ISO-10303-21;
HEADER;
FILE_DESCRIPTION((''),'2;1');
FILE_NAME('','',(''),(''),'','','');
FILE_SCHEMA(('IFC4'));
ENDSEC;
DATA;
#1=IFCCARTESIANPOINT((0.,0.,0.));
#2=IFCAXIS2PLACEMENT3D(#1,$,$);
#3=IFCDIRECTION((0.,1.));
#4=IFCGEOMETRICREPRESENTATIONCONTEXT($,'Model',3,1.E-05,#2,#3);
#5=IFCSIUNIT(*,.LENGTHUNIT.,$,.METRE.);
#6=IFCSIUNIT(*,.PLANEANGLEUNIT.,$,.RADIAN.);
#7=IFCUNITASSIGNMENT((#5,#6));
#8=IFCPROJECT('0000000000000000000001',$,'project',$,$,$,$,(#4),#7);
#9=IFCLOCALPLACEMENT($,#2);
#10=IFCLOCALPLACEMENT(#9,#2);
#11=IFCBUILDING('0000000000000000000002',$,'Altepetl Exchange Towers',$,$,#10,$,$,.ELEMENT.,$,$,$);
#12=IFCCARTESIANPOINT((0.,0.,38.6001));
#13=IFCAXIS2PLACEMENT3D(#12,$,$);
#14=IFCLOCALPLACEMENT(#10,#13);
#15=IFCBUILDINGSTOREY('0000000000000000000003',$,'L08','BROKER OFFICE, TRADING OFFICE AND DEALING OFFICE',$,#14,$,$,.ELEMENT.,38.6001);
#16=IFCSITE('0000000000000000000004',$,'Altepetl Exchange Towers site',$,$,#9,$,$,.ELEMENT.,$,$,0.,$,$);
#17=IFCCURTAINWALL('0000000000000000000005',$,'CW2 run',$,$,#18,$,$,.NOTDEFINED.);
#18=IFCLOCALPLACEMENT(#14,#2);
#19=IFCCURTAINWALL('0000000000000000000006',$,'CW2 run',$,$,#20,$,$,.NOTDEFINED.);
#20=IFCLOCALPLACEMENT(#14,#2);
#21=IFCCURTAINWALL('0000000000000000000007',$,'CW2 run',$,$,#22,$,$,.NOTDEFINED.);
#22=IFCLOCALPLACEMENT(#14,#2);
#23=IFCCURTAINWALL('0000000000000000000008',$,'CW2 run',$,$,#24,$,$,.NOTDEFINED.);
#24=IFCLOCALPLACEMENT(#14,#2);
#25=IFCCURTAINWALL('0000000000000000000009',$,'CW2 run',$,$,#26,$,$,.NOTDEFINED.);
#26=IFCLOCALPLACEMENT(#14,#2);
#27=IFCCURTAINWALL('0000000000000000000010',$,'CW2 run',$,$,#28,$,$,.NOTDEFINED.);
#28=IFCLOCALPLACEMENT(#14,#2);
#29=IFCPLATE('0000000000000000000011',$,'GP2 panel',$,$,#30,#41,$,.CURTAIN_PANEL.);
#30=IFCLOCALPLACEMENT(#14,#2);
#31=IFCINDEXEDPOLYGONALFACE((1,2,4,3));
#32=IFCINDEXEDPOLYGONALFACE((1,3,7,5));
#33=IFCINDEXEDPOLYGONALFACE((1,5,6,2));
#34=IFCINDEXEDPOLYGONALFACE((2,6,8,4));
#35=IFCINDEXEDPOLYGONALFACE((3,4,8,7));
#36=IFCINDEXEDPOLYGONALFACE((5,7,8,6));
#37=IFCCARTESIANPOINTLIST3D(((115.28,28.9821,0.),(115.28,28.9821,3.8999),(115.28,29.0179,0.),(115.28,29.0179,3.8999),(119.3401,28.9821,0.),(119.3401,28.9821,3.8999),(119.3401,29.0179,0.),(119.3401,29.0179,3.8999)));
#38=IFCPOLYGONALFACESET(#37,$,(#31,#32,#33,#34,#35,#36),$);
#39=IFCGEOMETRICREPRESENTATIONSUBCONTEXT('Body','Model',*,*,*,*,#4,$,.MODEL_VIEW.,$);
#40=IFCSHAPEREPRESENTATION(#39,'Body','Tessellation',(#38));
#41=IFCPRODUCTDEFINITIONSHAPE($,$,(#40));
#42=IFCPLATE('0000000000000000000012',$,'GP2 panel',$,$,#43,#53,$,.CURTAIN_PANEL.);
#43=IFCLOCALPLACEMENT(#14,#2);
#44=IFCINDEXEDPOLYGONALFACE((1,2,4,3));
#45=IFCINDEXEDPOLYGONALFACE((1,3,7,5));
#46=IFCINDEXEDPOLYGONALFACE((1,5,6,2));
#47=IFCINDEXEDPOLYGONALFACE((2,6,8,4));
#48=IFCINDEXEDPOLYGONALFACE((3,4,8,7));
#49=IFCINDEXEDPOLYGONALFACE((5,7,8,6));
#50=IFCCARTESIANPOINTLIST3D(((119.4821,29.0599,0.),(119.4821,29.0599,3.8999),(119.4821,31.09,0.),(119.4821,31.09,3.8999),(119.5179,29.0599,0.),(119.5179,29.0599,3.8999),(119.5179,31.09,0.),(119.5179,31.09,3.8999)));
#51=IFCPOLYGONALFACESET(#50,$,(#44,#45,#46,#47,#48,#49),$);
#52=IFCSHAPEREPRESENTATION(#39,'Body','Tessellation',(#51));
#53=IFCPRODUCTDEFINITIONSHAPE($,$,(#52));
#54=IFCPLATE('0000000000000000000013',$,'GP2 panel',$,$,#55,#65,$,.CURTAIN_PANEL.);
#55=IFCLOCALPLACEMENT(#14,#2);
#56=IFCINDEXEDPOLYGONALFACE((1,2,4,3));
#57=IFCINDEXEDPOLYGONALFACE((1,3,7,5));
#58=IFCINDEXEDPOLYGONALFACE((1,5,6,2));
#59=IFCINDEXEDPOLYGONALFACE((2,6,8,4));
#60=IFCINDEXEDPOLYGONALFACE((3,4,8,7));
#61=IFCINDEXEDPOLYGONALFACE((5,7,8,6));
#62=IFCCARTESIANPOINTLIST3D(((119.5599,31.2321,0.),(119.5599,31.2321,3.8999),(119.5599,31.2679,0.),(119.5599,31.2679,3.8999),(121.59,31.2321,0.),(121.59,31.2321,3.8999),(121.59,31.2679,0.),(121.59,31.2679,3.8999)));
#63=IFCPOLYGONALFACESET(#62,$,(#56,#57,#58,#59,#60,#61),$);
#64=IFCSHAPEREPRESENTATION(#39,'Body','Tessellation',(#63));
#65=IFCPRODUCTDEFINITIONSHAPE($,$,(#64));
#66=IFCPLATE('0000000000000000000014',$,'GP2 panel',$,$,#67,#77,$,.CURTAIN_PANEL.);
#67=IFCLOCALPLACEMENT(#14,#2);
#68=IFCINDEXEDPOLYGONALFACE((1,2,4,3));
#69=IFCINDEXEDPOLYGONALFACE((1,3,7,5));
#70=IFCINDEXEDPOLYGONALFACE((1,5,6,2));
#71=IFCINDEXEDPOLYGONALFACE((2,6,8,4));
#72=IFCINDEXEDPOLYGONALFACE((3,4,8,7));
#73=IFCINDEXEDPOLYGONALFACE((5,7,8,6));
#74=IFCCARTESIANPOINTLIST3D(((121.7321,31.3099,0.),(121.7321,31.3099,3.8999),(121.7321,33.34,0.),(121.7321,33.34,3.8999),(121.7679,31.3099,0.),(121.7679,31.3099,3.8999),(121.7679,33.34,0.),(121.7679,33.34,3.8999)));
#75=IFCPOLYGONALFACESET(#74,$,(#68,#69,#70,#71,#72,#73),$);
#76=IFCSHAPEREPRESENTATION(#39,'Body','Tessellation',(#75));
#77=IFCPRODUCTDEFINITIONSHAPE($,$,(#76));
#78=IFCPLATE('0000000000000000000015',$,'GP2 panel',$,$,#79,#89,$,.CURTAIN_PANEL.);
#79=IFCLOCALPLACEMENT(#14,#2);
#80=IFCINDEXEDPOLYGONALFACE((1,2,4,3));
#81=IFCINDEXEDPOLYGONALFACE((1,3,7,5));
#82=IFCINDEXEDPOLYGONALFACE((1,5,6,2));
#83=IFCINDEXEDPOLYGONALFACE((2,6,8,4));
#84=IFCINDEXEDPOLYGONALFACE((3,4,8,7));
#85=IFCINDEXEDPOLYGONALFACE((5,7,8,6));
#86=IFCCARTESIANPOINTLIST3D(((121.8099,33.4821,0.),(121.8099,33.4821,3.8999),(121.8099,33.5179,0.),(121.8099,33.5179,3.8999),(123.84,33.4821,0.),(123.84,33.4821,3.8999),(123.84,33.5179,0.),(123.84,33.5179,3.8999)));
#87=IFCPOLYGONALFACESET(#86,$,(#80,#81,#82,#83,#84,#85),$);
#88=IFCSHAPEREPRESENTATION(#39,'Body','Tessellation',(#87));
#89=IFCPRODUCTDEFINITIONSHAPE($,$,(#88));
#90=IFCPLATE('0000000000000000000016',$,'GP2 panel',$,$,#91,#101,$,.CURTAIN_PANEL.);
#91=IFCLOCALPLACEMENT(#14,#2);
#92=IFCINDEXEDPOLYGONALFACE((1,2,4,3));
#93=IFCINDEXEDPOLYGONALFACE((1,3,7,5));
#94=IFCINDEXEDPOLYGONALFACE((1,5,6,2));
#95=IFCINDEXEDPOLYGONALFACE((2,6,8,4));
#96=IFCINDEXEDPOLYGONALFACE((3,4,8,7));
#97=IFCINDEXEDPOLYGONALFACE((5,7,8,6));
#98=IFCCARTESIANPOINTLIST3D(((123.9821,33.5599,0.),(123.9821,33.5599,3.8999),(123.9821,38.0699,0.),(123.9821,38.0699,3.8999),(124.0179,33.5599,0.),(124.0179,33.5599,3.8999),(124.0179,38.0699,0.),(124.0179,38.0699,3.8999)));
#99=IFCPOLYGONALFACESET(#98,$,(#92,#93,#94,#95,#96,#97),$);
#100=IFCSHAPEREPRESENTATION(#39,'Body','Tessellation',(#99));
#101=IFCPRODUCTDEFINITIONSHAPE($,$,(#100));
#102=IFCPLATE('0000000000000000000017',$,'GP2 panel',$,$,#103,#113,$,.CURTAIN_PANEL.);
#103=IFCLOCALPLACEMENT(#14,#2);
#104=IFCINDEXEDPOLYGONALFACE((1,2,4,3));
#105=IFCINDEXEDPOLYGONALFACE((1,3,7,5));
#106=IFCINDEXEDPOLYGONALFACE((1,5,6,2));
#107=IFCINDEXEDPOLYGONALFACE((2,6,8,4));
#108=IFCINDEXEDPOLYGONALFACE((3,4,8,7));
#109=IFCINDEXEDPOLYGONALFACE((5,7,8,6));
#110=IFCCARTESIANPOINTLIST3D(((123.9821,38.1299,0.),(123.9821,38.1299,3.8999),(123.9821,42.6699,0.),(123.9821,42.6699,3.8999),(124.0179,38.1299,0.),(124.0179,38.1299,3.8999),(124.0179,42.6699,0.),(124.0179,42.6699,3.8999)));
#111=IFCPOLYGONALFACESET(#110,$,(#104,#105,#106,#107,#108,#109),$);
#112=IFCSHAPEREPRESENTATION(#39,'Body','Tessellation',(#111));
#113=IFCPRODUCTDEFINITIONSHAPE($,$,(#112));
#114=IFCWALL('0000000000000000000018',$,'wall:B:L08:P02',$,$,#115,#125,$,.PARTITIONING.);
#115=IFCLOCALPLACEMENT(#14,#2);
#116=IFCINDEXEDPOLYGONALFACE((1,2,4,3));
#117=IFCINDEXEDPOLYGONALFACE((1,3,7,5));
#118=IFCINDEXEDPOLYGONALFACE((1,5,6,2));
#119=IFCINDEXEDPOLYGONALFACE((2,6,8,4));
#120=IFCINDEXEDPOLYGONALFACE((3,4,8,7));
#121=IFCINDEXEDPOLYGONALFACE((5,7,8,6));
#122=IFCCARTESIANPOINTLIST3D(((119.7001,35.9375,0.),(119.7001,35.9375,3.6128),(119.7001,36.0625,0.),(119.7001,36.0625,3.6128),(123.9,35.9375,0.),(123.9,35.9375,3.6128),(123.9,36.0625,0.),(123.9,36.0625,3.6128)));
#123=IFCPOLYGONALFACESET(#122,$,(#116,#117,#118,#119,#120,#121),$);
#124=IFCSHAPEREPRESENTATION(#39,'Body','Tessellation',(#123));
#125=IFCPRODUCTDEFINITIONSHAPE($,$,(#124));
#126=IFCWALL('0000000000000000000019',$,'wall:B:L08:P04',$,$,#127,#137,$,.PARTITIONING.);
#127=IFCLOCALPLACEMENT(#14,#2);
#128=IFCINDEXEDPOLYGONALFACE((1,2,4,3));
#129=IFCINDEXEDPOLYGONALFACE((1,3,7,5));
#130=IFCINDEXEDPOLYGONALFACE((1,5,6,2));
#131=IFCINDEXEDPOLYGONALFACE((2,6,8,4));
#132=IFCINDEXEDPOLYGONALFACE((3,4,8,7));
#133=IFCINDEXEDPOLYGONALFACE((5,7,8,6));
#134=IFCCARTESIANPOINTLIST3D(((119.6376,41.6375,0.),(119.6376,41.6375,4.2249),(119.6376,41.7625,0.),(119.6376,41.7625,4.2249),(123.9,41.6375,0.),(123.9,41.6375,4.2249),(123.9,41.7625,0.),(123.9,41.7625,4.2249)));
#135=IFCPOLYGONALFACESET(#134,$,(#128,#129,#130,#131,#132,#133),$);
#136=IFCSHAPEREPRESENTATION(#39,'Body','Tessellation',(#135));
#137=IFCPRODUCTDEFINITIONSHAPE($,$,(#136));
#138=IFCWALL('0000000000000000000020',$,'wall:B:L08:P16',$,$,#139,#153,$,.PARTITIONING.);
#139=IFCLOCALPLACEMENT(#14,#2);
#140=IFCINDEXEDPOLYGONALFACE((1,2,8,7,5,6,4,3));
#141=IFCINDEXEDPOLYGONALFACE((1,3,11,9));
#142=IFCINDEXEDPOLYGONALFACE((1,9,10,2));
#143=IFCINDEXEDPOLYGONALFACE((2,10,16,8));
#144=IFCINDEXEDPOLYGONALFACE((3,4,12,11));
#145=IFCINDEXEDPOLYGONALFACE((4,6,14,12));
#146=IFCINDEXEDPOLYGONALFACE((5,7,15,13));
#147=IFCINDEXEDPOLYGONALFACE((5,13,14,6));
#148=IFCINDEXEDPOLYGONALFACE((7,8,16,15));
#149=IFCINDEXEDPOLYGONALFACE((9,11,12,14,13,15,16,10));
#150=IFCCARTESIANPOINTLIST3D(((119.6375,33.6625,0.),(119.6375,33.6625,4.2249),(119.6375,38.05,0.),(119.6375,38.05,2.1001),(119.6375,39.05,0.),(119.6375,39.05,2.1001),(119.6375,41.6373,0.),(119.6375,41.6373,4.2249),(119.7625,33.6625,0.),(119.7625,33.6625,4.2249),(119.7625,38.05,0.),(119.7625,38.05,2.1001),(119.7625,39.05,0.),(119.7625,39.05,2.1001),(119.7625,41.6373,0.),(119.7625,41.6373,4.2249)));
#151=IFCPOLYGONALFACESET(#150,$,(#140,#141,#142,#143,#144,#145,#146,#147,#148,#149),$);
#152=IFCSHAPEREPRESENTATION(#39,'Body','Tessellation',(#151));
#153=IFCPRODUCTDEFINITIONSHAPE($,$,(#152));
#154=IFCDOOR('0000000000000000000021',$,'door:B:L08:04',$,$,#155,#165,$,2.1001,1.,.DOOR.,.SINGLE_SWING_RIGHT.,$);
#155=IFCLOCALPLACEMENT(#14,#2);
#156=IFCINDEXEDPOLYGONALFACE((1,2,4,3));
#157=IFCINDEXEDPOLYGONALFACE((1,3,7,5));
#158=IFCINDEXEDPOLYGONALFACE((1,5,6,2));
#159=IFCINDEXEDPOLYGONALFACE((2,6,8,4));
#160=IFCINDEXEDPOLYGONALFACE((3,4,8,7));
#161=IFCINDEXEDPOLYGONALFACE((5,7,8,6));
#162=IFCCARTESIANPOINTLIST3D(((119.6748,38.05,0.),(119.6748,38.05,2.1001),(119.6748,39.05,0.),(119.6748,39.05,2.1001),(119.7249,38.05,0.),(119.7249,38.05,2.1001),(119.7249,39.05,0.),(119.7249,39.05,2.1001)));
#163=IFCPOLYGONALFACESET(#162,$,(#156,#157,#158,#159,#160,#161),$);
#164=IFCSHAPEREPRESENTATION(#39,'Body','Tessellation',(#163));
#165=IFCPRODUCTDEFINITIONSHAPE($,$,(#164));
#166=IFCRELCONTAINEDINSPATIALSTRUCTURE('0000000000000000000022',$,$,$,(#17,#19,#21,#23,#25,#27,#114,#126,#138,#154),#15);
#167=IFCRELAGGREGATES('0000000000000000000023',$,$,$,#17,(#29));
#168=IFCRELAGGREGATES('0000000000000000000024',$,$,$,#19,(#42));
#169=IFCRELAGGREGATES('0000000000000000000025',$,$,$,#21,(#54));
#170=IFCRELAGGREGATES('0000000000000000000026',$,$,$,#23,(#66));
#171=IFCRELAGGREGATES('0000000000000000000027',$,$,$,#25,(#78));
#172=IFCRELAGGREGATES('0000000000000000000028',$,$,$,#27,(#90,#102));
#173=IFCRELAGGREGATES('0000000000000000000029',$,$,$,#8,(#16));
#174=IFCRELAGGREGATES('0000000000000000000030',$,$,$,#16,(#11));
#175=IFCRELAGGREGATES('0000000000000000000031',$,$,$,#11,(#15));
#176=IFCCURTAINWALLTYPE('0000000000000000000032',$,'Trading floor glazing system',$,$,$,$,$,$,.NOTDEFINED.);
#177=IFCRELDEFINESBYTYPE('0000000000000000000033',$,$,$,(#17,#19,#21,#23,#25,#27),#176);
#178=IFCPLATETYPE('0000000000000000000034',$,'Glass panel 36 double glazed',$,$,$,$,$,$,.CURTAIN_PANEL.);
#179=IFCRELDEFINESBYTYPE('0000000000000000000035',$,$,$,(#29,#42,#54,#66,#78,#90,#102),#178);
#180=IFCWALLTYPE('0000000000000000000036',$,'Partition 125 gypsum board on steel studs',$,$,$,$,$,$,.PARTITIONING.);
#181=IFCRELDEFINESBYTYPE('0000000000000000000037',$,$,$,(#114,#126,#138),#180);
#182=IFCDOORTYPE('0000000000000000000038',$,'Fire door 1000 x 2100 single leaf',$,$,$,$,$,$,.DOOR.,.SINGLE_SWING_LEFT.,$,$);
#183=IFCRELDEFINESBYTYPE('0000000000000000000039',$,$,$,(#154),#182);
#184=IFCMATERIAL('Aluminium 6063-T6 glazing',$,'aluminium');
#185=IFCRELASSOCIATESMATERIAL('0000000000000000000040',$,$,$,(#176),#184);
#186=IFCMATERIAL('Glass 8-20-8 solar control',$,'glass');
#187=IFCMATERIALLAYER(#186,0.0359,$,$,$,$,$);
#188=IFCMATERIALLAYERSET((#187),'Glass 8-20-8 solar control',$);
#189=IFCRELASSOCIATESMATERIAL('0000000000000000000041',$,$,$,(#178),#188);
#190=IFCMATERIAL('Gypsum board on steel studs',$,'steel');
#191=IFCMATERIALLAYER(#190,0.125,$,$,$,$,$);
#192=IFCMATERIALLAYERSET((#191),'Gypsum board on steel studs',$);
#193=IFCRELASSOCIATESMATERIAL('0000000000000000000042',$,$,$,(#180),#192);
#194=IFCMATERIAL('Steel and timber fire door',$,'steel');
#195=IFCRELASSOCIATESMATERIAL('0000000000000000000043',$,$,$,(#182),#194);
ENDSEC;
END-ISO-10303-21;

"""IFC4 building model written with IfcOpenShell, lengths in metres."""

from ifc_helpers import new_model, si_unit, direction, frame, frame_2d, origin, origin_2d, place, context, subcontext, project, spatial, rectangle, extrude, material, layer, layer_set, type_object, element, fill, aggregate, save


model = new_model("IFC4")

# Units and contexts
model_context = context("Model", 3, precision=1e-05, world=origin(), true_north=direction((0.0, 1.0)))
body_context = subcontext(model_context, "Body", "Model", "MODEL_VIEW")
ifc_project = project(units=[si_unit("LENGTHUNIT", "METRE"), si_unit("PLANEANGLEUNIT", "RADIAN")], contexts=[model_context])

# Site, building, storey
site_placement = place(None, origin())
site = spatial("IfcSite", under=ifc_project, at=site_placement, Name="Altepetl Exchange Towers site", CompositionType="ELEMENT", RefElevation=0.0)
building_placement = place(site_placement, origin())
building = spatial("IfcBuilding", under=site, at=building_placement, Name="Altepetl Exchange Towers", CompositionType="ELEMENT")
storey_placement = place(building_placement, frame((0.0, 0.0, 38.6001)))
storey = spatial("IfcBuildingStorey", under=building, at=storey_placement, Name="L08", Description="BROKER OFFICE, TRADING OFFICE AND DEALING OFFICE", CompositionType="ELEMENT", Elevation=38.6001)

# Curtain wall
ifc_material_1 = material(Name="Aluminium 6063-T6 glazing", Category="aluminium")
curtain_wall_type = type_object("IfcCurtainWallType", Name="Trading floor glazing system", PredefinedType="NOTDEFINED", material=ifc_material_1)
curtain_wall_1_placement = place(storey_placement, origin())
curtain_wall_1 = element("IfcCurtainWall", 1, at=curtain_wall_1_placement, inside=storey, type_object=curtain_wall_type, Name="CW2 run", PredefinedType="NOTDEFINED")

# Curtain walls
curtain_wall_2_placement = place(storey_placement, origin())
curtain_wall_2 = element("IfcCurtainWall", 2, at=curtain_wall_2_placement, inside=storey, type_object=curtain_wall_type, Name="CW2 run", PredefinedType="NOTDEFINED")
curtain_wall_3_placement = place(storey_placement, origin())
curtain_wall_3 = element("IfcCurtainWall", 3, at=curtain_wall_3_placement, inside=storey, type_object=curtain_wall_type, Name="CW2 run", PredefinedType="NOTDEFINED")
curtain_wall_4_placement = place(storey_placement, origin())
curtain_wall_4 = element("IfcCurtainWall", 4, at=curtain_wall_4_placement, inside=storey, type_object=curtain_wall_type, Name="CW2 run", PredefinedType="NOTDEFINED")
curtain_wall_5_placement = place(storey_placement, origin())
curtain_wall_5 = element("IfcCurtainWall", 5, at=curtain_wall_5_placement, inside=storey, type_object=curtain_wall_type, Name="CW2 run", PredefinedType="NOTDEFINED")
curtain_wall_6_placement = place(storey_placement, origin())
curtain_wall_6 = element("IfcCurtainWall", 6, at=curtain_wall_6_placement, inside=storey, type_object=curtain_wall_type, Name="CW2 run", PredefinedType="NOTDEFINED")

# Plates
ifc_material_2 = material(Name="Glass 8-20-8 solar control", Category="glass")
ifc_layer_1 = layer(ifc_material_2, 0.0359)
ifc_layer_set_1 = layer_set([ifc_layer_1], Name="Glass 8-20-8 solar control")
plate_type = type_object("IfcPlateType", Name="Glass panel 36 double glazed", PredefinedType="CURTAIN_PANEL", material=ifc_layer_set_1)
plate_1_placement = place(storey_placement, frame((117.3101, 29.0, 0.0)))
plate_1 = element("IfcPlate", 7, at=plate_1_placement, type_object=plate_type, Name="GP2 panel", PredefinedType="CURTAIN_PANEL", context=body_context, shape_type="SweptSolid", body=[
    extrude(rectangle(XDim=4.0601, YDim=0.0359, at=origin_2d()), origin(), (0.0, 0.0, 1.0), 3.8999),
])
aggregate(curtain_wall_1, [plate_1])
plate_2_placement = place(storey_placement, frame((119.5, 30.075, 0.0), z_axis=(0.0, 0.0, 1.0), x_axis=(0.0, 1.0, 0.0)))
plate_2 = element("IfcPlate", 8, at=plate_2_placement, type_object=plate_type, Name="GP2 panel", PredefinedType="CURTAIN_PANEL", context=body_context, shape_type="SweptSolid", body=[
    extrude(rectangle(XDim=2.03, YDim=0.0359, at=origin_2d()), origin(), (0.0, 0.0, 1.0), 3.8999),
])
aggregate(curtain_wall_2, [plate_2])
plate_3_placement = place(storey_placement, frame((120.575, 31.25, 0.0)))
plate_3 = element("IfcPlate", 9, at=plate_3_placement, type_object=plate_type, Name="GP2 panel", PredefinedType="CURTAIN_PANEL", context=body_context, shape_type="SweptSolid", body=[
    extrude(rectangle(XDim=2.03, YDim=0.0359, at=origin_2d()), origin(), (0.0, 0.0, 1.0), 3.8999),
])
aggregate(curtain_wall_3, [plate_3])
plate_4_placement = place(storey_placement, frame((121.75, 32.325, 0.0), z_axis=(0.0, 0.0, 1.0), x_axis=(0.0, 1.0, 0.0)))
plate_4 = element("IfcPlate", 10, at=plate_4_placement, type_object=plate_type, Name="GP2 panel", PredefinedType="CURTAIN_PANEL", context=body_context, shape_type="SweptSolid", body=[
    extrude(rectangle(XDim=2.03, YDim=0.0359, at=origin_2d()), origin(), (0.0, 0.0, 1.0), 3.8999),
])
aggregate(curtain_wall_4, [plate_4])
plate_5_placement = place(storey_placement, frame((122.825, 33.5, 0.0)))
plate_5 = element("IfcPlate", 11, at=plate_5_placement, type_object=plate_type, Name="GP2 panel", PredefinedType="CURTAIN_PANEL", context=body_context, shape_type="SweptSolid", body=[
    extrude(rectangle(XDim=2.03, YDim=0.0359, at=origin_2d()), origin(), (0.0, 0.0, 1.0), 3.8999),
])
aggregate(curtain_wall_5, [plate_5])
plate_6_placement = place(storey_placement, frame((124.0, 35.8149, 0.0), z_axis=(0.0, 0.0, 1.0), x_axis=(0.0, 1.0, 0.0)))
plate_6 = element("IfcPlate", 12, at=plate_6_placement, type_object=plate_type, Name="GP2 panel", PredefinedType="CURTAIN_PANEL", context=body_context, shape_type="SweptSolid", body=[
    extrude(rectangle(XDim=4.51, YDim=0.0359, at=origin_2d()), origin(), (0.0, 0.0, 1.0), 3.8999),
])
plate_7_placement = place(storey_placement, frame((124.0, 40.3999, 0.0), z_axis=(0.0, 0.0, 1.0), x_axis=(0.0, 1.0, 0.0)))
plate_7 = element("IfcPlate", 13, at=plate_7_placement, type_object=plate_type, Name="GP2 panel", PredefinedType="CURTAIN_PANEL", context=body_context, shape_type="SweptSolid", body=[
    extrude(rectangle(XDim=4.54, YDim=0.0359, at=origin_2d()), origin(), (0.0, 0.0, 1.0), 3.8999),
])
aggregate(curtain_wall_6, [plate_6, plate_7])

# Walls
ifc_material_3 = material(Name="Gypsum board on steel studs", Category="steel")
ifc_layer_2 = layer(ifc_material_3, 0.125)
ifc_layer_set_2 = layer_set([ifc_layer_2], Name="Gypsum board on steel studs")
wall_type = type_object("IfcWallType", Name="Partition 125 gypsum board on steel studs", PredefinedType="PARTITIONING", material=ifc_layer_set_2)
wall_1_placement = place(storey_placement, frame((119.7, 36.0, 0.0)))
element("IfcWall", 14, at=wall_1_placement, inside=storey, type_object=wall_type, Name="wall:B:L08:P02", PredefinedType="PARTITIONING", context=body_context, shape_type="SweptSolid", body=[
    extrude(rectangle(XDim=4.2, YDim=0.125, at=frame_2d((2.1001, 0.0))), origin(), (0.0, 0.0, 1.0), 3.6128),
])
wall_2_placement = place(storey_placement, frame((119.6375, 41.7, 0.0)))
element("IfcWall", 15, at=wall_2_placement, inside=storey, type_object=wall_type, Name="wall:B:L08:P04", PredefinedType="PARTITIONING", context=body_context, shape_type="SweptSolid", body=[
    extrude(rectangle(XDim=4.2625, YDim=0.125, at=frame_2d((2.1313, 0.0))), origin(), (0.0, 0.0, 1.0), 4.2249),
])

# Wall, opening, door
wall_3_placement = place(storey_placement, frame((119.7, 33.6626, 0.0), z_axis=(0.0, 0.0, 1.0), x_axis=(0.0, 1.0, 0.0)))
wall_3 = element("IfcWall", 16, at=wall_3_placement, inside=storey, type_object=wall_type, Name="wall:B:L08:P16", PredefinedType="PARTITIONING", context=body_context, shape_type="SweptSolid", body=[
    extrude(rectangle(XDim=7.9749, YDim=0.125, at=frame_2d((3.9873, 0.0))), origin(), (0.0, 0.0, 1.0), 4.2249),
])
opening_placement = place(wall_3_placement, frame((4.3875, 0.0, 0.0)))
opening = element("IfcOpeningElement", 17, at=opening_placement, cuts=wall_3, PredefinedType="OPENING", context=body_context, shape_type="SweptSolid", body=[
    extrude(rectangle(XDim=1.0, YDim=2.1001, at=frame_2d((0.5, 1.05))), frame((0.0, 0.0725, 0.0), z_axis=(0.0, -1.0, 0.0), x_axis=(1.0, 0.0, 0.0)), (0.0, 0.0, 1.0), 0.145),
])
ifc_material_4 = material(Name="Steel and timber fire door", Category="steel")
door_type = type_object("IfcDoorType", Name="Fire door 1000 x 2100 single leaf", OperationType="SINGLE_SWING_LEFT", PredefinedType="DOOR", material=ifc_material_4)
door_placement = place(opening_placement, frame((1.0, 0.0, 0.0), x_axis=(-1.0, 0.0, 0.0)))
door = element("IfcDoor", 18, at=door_placement, inside=storey, type_object=door_type, Name="door:B:L08:04", OperationType="SINGLE_SWING_RIGHT", OverallHeight=2.1001, OverallWidth=1.0, PredefinedType="DOOR", context=body_context, shape_type="SweptSolid", body=[
    extrude(rectangle(XDim=1.0, YDim=2.1001, at=frame_2d((0.5, 1.05))), frame((0.0, 0.0249, 0.0), z_axis=(0.0, -1.0, 0.0), x_axis=(1.0, 0.0, 0.0)), (0.0, 0.0, 1.0), 0.05),
])
fill(opening, door)

save(model, "model.ifc")
